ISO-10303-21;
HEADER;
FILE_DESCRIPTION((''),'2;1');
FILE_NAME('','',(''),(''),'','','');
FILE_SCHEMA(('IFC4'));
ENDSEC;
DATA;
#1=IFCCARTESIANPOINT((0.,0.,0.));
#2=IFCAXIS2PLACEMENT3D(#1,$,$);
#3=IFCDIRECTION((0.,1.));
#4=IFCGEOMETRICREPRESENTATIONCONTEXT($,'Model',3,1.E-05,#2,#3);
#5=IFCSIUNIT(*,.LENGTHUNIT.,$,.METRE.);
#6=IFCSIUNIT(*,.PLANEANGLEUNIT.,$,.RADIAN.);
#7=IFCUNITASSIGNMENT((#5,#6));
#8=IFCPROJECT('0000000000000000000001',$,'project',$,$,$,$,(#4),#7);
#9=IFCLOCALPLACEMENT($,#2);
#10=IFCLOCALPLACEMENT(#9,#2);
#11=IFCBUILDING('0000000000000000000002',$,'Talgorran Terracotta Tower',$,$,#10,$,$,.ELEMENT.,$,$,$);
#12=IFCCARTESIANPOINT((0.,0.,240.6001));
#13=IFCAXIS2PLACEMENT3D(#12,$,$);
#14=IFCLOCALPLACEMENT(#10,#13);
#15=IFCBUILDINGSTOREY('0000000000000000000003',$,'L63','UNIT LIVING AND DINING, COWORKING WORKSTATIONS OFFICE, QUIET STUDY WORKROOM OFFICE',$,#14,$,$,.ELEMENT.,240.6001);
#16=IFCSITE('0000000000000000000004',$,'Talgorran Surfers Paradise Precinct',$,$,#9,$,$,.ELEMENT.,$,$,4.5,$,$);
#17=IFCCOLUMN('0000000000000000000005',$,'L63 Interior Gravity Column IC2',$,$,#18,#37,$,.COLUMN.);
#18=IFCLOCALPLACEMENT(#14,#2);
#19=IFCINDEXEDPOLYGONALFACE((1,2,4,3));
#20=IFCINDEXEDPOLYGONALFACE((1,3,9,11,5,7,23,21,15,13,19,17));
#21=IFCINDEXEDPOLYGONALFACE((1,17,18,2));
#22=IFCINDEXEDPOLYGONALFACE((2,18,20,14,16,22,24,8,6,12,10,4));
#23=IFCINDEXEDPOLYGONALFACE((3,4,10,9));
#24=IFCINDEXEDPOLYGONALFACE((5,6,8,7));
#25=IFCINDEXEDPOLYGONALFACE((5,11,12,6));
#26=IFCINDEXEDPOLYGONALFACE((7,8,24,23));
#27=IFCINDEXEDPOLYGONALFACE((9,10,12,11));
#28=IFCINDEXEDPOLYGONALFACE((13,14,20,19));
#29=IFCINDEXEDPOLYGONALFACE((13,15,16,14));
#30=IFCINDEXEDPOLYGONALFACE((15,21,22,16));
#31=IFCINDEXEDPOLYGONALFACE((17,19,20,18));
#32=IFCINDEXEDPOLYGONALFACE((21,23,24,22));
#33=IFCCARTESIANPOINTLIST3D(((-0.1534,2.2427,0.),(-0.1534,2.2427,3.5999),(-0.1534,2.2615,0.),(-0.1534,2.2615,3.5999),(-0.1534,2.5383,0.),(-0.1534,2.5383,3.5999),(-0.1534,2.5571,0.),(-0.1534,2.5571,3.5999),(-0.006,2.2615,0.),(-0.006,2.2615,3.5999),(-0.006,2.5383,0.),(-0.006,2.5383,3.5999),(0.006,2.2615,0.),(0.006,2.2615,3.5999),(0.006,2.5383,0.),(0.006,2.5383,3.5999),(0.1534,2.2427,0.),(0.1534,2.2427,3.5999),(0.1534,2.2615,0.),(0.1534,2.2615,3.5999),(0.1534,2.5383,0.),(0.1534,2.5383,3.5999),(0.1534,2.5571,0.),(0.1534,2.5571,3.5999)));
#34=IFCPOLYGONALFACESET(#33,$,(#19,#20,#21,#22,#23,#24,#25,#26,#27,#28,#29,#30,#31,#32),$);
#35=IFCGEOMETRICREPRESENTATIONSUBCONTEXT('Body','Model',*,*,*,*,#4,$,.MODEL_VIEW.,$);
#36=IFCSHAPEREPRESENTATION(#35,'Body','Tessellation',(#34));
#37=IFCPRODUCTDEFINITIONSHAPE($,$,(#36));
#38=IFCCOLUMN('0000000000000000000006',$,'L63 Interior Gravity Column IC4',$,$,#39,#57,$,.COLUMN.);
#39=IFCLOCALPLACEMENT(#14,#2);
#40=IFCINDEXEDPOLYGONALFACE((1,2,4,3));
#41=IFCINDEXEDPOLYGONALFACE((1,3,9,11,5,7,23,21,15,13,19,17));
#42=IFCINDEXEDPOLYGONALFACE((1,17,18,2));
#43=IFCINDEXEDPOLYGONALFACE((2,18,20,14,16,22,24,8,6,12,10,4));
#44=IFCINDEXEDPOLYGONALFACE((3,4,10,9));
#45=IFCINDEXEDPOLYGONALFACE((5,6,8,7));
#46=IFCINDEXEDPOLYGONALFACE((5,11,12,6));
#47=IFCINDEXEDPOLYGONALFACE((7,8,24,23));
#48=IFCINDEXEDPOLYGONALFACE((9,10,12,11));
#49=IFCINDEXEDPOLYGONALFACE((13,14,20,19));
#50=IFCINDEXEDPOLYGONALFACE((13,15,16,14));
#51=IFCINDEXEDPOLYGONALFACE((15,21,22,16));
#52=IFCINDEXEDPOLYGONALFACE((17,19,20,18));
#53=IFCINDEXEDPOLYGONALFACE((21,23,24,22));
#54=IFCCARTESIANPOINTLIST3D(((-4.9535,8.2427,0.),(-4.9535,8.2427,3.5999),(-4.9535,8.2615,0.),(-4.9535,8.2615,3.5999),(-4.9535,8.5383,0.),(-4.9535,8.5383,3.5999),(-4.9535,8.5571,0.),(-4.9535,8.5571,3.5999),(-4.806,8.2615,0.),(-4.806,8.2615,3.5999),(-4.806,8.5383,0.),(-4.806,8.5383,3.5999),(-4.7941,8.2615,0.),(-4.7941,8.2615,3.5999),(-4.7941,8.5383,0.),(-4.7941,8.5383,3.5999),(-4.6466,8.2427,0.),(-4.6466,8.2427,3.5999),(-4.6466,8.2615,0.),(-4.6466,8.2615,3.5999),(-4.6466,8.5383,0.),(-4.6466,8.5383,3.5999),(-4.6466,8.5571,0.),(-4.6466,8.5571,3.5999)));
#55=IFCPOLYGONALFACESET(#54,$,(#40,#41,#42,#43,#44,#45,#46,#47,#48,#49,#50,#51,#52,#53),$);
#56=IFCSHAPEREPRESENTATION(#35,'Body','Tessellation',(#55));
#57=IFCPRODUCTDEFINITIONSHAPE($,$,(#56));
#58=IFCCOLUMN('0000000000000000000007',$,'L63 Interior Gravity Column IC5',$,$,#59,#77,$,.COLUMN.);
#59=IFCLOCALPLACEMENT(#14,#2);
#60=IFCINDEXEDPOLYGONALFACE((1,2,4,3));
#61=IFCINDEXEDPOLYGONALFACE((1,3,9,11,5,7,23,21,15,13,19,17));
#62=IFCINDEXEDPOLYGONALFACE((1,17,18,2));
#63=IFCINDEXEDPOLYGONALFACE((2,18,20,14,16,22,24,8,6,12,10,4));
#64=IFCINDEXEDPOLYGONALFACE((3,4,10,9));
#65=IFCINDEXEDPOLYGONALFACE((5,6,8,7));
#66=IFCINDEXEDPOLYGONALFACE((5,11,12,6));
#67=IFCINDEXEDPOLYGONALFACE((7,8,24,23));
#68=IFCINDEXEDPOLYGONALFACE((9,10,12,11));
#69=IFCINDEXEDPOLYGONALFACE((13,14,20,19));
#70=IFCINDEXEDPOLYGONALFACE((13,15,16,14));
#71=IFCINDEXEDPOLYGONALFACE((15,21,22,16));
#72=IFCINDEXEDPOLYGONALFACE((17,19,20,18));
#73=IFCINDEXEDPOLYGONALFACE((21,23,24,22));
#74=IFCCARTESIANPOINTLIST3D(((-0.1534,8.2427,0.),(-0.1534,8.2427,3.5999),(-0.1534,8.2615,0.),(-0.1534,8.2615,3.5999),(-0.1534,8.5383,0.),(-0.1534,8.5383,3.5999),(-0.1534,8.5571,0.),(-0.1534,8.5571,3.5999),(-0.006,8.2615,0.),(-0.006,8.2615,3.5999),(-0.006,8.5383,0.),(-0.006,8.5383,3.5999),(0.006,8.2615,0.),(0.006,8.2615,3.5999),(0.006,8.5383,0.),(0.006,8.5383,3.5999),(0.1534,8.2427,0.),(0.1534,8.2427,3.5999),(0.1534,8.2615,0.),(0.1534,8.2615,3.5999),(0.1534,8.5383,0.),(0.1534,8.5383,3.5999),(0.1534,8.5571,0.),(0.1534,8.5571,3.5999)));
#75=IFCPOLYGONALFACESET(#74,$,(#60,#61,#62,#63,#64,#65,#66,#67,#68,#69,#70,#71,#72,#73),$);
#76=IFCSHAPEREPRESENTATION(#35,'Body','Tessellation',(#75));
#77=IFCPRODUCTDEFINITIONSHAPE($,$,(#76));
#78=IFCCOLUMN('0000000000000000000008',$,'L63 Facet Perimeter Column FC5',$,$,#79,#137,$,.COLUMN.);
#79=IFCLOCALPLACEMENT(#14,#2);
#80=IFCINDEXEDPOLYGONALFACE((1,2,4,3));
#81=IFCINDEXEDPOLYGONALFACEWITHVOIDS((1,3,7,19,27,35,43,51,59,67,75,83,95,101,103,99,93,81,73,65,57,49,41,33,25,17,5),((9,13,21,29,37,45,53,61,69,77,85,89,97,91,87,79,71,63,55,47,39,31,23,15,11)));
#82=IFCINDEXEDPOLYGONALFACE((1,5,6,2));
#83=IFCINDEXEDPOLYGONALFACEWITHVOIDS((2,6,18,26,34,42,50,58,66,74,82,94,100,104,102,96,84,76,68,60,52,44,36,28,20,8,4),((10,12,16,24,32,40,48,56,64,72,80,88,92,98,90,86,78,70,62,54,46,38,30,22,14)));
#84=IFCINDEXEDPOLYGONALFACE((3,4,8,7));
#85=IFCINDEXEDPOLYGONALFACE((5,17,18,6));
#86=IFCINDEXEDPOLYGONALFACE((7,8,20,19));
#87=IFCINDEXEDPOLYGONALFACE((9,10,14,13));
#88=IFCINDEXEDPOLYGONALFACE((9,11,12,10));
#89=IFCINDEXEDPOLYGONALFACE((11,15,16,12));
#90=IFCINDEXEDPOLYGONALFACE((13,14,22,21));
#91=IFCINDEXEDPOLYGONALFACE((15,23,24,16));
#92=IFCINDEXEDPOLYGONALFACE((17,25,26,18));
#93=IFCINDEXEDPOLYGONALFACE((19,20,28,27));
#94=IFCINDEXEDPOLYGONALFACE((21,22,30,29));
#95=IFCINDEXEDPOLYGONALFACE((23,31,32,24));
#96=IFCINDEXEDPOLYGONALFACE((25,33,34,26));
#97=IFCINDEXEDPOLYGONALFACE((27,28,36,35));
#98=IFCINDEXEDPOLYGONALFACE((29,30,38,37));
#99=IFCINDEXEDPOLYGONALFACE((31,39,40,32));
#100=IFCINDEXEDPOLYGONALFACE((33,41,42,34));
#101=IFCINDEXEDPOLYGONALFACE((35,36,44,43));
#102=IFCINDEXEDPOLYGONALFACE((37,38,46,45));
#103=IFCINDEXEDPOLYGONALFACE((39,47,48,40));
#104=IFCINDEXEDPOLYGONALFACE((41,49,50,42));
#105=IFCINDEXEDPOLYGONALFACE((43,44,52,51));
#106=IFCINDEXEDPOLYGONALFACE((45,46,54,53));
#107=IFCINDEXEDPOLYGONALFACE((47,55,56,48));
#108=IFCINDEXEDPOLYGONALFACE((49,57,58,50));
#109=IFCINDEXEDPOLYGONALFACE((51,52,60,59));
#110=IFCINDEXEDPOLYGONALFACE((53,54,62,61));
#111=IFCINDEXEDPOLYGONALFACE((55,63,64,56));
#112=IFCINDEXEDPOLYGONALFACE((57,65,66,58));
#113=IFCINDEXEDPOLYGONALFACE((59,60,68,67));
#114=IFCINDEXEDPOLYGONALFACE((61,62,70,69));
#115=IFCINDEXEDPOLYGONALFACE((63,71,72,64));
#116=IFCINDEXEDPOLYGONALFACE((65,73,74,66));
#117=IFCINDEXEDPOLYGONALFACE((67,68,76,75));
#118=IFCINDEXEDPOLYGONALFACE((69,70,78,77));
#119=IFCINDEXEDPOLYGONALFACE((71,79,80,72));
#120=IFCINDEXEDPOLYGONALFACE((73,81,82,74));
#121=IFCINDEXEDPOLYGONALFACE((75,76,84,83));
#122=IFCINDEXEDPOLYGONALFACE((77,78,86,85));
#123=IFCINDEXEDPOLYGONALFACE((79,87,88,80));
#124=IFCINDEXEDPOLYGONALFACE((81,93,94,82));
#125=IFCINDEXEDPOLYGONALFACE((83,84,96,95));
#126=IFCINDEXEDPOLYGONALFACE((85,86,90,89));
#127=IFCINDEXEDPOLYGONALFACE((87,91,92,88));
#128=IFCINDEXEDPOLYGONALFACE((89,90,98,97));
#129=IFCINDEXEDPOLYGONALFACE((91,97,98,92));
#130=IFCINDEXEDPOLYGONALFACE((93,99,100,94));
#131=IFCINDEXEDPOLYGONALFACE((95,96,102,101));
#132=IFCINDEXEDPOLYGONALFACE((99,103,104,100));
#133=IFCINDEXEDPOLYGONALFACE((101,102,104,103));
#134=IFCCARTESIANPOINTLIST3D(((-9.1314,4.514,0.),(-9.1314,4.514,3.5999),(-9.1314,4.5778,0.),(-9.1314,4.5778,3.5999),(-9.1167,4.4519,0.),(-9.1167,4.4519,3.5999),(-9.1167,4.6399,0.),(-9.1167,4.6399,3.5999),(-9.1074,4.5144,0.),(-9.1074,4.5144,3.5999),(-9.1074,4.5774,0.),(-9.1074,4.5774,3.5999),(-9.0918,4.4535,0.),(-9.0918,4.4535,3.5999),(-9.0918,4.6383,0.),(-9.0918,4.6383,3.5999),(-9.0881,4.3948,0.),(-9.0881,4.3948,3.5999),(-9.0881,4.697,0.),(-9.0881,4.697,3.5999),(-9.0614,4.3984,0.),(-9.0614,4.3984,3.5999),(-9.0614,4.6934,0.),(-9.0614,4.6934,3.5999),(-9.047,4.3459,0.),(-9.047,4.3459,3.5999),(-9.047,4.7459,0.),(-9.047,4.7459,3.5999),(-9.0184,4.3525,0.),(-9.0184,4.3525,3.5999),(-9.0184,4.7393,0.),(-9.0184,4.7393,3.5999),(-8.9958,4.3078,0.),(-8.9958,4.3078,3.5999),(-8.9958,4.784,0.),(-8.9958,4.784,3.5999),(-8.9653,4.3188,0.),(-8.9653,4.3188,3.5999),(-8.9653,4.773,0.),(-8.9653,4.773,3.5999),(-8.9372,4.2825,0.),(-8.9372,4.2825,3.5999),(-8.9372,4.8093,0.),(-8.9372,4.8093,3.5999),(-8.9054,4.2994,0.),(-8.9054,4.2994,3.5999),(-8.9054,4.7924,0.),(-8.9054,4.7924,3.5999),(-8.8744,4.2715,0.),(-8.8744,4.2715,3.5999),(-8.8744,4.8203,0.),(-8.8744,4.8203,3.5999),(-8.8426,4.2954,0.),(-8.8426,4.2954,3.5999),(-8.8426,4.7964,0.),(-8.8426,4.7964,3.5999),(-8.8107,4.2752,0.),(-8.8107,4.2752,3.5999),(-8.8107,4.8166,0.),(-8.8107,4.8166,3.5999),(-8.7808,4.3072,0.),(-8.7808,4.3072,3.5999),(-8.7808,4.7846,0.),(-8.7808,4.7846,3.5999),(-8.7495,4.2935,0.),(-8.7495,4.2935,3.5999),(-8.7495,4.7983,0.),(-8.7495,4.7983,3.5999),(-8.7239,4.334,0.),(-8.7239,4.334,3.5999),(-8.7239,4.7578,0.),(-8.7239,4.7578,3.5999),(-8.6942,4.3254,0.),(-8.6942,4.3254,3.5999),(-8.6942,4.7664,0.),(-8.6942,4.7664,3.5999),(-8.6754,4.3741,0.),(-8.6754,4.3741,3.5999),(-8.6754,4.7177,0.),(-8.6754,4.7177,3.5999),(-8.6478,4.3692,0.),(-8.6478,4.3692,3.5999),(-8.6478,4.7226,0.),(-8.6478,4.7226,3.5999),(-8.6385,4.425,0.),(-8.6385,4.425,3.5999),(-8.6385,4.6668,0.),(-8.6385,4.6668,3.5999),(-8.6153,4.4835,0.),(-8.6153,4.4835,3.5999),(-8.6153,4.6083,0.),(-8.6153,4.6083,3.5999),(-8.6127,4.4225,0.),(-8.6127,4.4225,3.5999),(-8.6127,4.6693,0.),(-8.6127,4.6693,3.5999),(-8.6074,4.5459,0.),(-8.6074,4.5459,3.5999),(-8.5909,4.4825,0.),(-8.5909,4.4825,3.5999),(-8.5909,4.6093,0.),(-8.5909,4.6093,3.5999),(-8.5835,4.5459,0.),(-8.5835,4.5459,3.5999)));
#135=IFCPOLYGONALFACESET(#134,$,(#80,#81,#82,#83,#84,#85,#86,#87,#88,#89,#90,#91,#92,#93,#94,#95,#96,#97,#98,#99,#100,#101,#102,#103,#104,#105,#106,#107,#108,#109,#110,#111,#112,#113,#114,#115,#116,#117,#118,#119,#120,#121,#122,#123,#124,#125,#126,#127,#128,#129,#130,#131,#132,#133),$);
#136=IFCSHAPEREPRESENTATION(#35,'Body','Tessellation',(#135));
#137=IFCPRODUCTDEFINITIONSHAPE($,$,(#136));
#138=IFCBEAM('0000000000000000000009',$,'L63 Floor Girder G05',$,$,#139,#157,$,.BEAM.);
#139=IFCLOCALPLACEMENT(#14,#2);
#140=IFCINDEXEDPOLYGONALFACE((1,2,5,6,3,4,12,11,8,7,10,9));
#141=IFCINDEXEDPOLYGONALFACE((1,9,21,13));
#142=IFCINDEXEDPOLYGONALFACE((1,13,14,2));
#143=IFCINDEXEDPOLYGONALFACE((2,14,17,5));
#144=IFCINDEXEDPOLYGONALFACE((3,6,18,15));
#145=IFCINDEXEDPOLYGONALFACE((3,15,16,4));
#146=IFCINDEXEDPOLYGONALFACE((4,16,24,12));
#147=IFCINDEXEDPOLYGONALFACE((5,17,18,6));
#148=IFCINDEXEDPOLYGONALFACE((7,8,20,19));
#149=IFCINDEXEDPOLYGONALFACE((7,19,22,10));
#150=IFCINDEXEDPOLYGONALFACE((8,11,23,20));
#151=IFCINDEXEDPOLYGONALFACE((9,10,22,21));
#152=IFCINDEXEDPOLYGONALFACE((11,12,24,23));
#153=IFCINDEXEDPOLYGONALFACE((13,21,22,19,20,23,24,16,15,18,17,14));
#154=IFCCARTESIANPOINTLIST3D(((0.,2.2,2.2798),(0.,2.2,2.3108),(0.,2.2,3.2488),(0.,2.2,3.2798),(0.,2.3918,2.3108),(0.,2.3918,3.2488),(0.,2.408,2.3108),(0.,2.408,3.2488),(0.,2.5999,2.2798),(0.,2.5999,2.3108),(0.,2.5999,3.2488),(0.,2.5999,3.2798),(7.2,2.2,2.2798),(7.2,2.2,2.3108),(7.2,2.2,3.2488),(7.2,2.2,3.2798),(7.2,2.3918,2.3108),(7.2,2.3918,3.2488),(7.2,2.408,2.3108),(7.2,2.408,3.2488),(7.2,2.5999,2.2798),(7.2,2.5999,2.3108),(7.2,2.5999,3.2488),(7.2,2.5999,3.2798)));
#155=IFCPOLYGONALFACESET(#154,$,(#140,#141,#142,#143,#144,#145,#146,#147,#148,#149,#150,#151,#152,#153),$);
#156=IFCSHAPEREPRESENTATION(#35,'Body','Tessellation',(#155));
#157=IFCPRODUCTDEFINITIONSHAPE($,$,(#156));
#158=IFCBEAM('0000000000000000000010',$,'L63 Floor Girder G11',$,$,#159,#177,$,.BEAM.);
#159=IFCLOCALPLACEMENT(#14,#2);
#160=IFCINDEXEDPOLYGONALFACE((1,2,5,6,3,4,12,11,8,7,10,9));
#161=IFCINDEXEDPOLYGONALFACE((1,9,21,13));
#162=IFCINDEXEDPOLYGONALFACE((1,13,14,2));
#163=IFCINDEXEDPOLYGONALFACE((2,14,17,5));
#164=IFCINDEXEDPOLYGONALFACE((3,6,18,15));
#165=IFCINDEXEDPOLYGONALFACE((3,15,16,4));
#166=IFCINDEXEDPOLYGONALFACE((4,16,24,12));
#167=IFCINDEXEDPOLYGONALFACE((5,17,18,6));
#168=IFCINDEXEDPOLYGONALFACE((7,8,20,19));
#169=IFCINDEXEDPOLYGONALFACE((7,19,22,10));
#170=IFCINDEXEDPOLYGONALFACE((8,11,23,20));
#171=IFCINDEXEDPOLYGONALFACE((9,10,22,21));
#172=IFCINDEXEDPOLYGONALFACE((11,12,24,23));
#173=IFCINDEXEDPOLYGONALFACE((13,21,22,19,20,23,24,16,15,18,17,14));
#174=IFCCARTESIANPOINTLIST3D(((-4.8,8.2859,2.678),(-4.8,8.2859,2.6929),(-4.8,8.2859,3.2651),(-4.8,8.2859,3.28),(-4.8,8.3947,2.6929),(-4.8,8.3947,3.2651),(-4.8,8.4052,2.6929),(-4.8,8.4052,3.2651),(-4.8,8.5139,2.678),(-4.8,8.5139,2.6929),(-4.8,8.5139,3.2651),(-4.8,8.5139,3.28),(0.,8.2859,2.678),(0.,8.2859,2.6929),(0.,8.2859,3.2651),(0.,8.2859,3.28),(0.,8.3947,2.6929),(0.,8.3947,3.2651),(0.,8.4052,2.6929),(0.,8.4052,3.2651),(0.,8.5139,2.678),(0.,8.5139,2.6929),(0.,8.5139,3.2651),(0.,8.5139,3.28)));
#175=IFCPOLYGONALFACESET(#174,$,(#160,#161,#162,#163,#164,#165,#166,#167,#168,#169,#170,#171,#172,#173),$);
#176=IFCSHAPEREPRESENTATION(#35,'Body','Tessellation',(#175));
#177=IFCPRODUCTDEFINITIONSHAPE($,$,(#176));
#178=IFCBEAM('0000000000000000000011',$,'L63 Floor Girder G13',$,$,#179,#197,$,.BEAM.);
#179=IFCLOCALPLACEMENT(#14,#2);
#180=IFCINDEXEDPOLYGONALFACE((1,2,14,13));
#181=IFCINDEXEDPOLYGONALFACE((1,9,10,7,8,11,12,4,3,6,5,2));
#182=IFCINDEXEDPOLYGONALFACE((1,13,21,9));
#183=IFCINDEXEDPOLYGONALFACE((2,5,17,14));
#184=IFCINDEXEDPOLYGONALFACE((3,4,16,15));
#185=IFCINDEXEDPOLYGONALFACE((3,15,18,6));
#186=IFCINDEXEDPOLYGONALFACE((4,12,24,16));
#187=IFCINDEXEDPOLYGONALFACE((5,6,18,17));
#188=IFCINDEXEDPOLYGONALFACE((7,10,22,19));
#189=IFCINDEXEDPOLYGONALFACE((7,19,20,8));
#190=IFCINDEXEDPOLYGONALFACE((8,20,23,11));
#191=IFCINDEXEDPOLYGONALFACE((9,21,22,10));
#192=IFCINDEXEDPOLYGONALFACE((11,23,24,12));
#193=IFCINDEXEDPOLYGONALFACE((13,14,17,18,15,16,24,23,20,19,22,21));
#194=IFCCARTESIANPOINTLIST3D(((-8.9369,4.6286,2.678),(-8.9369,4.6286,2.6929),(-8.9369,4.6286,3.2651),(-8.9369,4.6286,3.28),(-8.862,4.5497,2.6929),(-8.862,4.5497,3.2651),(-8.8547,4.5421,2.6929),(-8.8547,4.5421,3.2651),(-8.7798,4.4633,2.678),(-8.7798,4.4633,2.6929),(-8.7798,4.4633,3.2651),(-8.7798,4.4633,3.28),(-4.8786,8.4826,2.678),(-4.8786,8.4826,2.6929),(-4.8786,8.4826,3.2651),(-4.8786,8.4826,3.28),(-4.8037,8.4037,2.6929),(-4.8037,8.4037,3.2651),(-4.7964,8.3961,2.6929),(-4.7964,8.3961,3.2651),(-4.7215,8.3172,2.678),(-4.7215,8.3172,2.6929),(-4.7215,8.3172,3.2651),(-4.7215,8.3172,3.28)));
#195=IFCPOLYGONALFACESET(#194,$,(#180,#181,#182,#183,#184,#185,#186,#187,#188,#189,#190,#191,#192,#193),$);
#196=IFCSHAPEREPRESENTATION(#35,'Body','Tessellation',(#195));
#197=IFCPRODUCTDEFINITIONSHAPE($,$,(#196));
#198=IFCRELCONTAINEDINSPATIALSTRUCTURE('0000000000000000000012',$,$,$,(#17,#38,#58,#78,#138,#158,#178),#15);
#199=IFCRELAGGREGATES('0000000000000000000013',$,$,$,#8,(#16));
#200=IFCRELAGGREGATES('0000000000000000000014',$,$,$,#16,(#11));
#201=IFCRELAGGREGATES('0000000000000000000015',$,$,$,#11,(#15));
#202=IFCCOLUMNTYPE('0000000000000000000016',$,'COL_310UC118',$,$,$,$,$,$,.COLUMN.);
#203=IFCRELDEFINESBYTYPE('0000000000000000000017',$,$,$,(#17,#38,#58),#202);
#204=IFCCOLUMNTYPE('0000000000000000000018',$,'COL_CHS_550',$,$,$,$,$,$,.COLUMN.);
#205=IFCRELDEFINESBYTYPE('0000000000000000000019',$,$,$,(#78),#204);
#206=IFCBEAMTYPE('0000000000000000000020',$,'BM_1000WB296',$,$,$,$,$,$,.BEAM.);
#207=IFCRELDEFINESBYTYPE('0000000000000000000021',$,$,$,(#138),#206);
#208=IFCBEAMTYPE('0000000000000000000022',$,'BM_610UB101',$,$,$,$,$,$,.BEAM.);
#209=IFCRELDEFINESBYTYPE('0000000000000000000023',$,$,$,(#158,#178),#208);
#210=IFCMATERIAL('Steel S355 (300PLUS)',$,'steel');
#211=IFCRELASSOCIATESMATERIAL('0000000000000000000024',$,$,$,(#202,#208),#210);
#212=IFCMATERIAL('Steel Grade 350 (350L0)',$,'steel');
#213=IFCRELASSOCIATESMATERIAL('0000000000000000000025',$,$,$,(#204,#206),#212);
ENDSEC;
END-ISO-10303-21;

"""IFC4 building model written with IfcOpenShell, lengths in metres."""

from ifc_helpers import new_model, si_unit, direction, frame, origin, origin_2d, place, context, subcontext, project, spatial, hollow_circle, i_section, extrude, material, material_profile, profile_set, type_object, element, save


model = new_model("IFC4")

# Units and contexts
model_context = context("Model", 3, precision=1e-05, world=origin(), true_north=direction((0.0, 1.0)))
body_context = subcontext(model_context, "Body", "Model", "MODEL_VIEW")
ifc_project = project(units=[si_unit("LENGTHUNIT", "METRE"), si_unit("PLANEANGLEUNIT", "RADIAN")], contexts=[model_context])

# Site, building, storey
site_placement = place(None, origin())
site = spatial("IfcSite", under=ifc_project, at=site_placement, Name="Talgorran Surfers Paradise Precinct", CompositionType="ELEMENT", RefElevation=4.5)
building_placement = place(site_placement, origin())
building = spatial("IfcBuilding", under=site, at=building_placement, Name="Talgorran Terracotta Tower", CompositionType="ELEMENT")
storey_placement = place(building_placement, frame((0.0, 0.0, 240.6001)))
storey = spatial("IfcBuildingStorey", under=building, at=storey_placement, Name="L63", Description="UNIT LIVING AND DINING, COWORKING WORKSTATIONS OFFICE, QUIET STUDY WORKROOM OFFICE", CompositionType="ELEMENT", Elevation=240.6001)

# Columns
ifc_material_1 = material(Name="Steel S355 (300PLUS)", Category="steel")
ifc_material_profile_1 = material_profile(ifc_material_1, i_section(OverallWidth=0.3069, OverallDepth=0.3145, WebThickness=0.012, FlangeThickness=0.0188, at=origin_2d()), Name="310UC118")
ifc_profile_set_1 = profile_set([ifc_material_profile_1], Name="Steel S355 (300PLUS)")
column_type_1 = type_object("IfcColumnType", Name="COL_310UC118", PredefinedType="COLUMN", material=ifc_profile_set_1)
for number, where, z_axis, x_axis, name in (
    (1, (0.0, 2.3999, 0.0), (0.0, 0.0, 1.0), (1.0, 0.0, 0.0), "L63 Interior Gravity Column IC2"),
    (2, (-4.8, 8.3999, 0.0), (0.0, 0.0, 1.0), (1.0, 0.0, 0.0), "L63 Interior Gravity Column IC4"),
    (3, (0.0, 8.3999, 0.0), (0.0, 0.0, 1.0), (1.0, 0.0, 0.0), "L63 Interior Gravity Column IC5"),
):
    element("IfcColumn", number, at=place(storey_placement, frame(where, z_axis=z_axis, x_axis=x_axis)), inside=storey, type_object=column_type_1, Name=name, PredefinedType="COLUMN", context=body_context, shape_type="SweptSolid", body=[
        extrude(i_section(OverallWidth=0.3069, OverallDepth=0.3145, WebThickness=0.012, FlangeThickness=0.0188, at=origin_2d()), origin(), (0.0, 0.0, 1.0), 3.5999),
    ])
ifc_material_2 = material(Name="Steel Grade 350 (350L0)", Category="steel")
ifc_material_profile_2 = material_profile(ifc_material_2, hollow_circle(Radius=0.2749, WallThickness=0.0239, at=origin_2d()), Name="CHS550X24")
ifc_profile_set_2 = profile_set([ifc_material_profile_2], Name="Steel Grade 350 (350L0)")
column_type_2 = type_object("IfcColumnType", Name="COL_CHS_550", PredefinedType="COLUMN", material=ifc_profile_set_2)
column_placement = place(storey_placement, frame((-8.8584, 4.5459, 0.0), z_axis=(0.0, 0.0, 1.0), x_axis=(1.0, 0.0, 0.0)))
element("IfcColumn", 4, at=column_placement, inside=storey, type_object=column_type_2, Name="L63 Facet Perimeter Column FC5", PredefinedType="COLUMN", context=body_context, shape_type="SweptSolid", body=[
    extrude(hollow_circle(Radius=0.2749, WallThickness=0.0239, at=origin_2d()), origin(), (0.0, 0.0, 1.0), 3.5999),
])

# Beams
ifc_material_profile_3 = material_profile(ifc_material_2, i_section(OverallWidth=0.3999, OverallDepth=1.0, WebThickness=0.0161, FlangeThickness=0.031, at=origin_2d()), Name="1000WB296")
ifc_profile_set_3 = profile_set([ifc_material_profile_3], Name="Steel Grade 350 (350L0)")
beam_type_1 = type_object("IfcBeamType", Name="BM_1000WB296", PredefinedType="BEAM", material=ifc_profile_set_3)
beam_1_placement = place(storey_placement, frame((0.0, 2.3999, 2.7798), z_axis=(1.0, 0.0, 0.0), x_axis=(0.0, 1.0, 0.0)))
element("IfcBeam", 5, at=beam_1_placement, inside=storey, type_object=beam_type_1, Name="L63 Floor Girder G05", PredefinedType="BEAM", context=body_context, shape_type="SweptSolid", body=[
    extrude(i_section(OverallWidth=0.3999, OverallDepth=1.0, WebThickness=0.0161, FlangeThickness=0.031, at=origin_2d()), origin(), (0.0, 0.0, 1.0), 7.2),
])
ifc_material_profile_4 = material_profile(ifc_material_1, i_section(OverallWidth=0.228, OverallDepth=0.6021, WebThickness=0.0105, FlangeThickness=0.0149, at=origin_2d()), Name="610UB101")
ifc_profile_set_4 = profile_set([ifc_material_profile_4], Name="Steel S355 (300PLUS)")
beam_type_2 = type_object("IfcBeamType", Name="BM_610UB101", PredefinedType="BEAM", material=ifc_profile_set_4)
beam_2_placement = place(storey_placement, frame((-4.8, 8.3999, 2.979), z_axis=(1.0, 0.0, 0.0), x_axis=(0.0, 1.0, 0.0)))
element("IfcBeam", 6, at=beam_2_placement, inside=storey, type_object=beam_type_2, Name="L63 Floor Girder G11", PredefinedType="BEAM", context=body_context, shape_type="SweptSolid", body=[
    extrude(i_section(OverallWidth=0.228, OverallDepth=0.6021, WebThickness=0.0105, FlangeThickness=0.0149, at=origin_2d()), origin(), (0.0, 0.0, 1.0), 4.8),
])
beam_3_placement = place(storey_placement, frame((-4.8, 8.3999, 2.979), z_axis=(-0.725127, -0.688615, 0.0), x_axis=(0.688615, -0.725127, 0.0)))
element("IfcBeam", 7, at=beam_3_placement, inside=storey, type_object=beam_type_2, Name="L63 Floor Girder G13", PredefinedType="BEAM", context=body_context, shape_type="SweptSolid", body=[
    extrude(i_section(OverallWidth=0.228, OverallDepth=0.6021, WebThickness=0.0105, FlangeThickness=0.0149, at=origin_2d()), origin(), (0.0, 0.0, 1.0), 5.5967),
])

save(model, "model.ifc")
